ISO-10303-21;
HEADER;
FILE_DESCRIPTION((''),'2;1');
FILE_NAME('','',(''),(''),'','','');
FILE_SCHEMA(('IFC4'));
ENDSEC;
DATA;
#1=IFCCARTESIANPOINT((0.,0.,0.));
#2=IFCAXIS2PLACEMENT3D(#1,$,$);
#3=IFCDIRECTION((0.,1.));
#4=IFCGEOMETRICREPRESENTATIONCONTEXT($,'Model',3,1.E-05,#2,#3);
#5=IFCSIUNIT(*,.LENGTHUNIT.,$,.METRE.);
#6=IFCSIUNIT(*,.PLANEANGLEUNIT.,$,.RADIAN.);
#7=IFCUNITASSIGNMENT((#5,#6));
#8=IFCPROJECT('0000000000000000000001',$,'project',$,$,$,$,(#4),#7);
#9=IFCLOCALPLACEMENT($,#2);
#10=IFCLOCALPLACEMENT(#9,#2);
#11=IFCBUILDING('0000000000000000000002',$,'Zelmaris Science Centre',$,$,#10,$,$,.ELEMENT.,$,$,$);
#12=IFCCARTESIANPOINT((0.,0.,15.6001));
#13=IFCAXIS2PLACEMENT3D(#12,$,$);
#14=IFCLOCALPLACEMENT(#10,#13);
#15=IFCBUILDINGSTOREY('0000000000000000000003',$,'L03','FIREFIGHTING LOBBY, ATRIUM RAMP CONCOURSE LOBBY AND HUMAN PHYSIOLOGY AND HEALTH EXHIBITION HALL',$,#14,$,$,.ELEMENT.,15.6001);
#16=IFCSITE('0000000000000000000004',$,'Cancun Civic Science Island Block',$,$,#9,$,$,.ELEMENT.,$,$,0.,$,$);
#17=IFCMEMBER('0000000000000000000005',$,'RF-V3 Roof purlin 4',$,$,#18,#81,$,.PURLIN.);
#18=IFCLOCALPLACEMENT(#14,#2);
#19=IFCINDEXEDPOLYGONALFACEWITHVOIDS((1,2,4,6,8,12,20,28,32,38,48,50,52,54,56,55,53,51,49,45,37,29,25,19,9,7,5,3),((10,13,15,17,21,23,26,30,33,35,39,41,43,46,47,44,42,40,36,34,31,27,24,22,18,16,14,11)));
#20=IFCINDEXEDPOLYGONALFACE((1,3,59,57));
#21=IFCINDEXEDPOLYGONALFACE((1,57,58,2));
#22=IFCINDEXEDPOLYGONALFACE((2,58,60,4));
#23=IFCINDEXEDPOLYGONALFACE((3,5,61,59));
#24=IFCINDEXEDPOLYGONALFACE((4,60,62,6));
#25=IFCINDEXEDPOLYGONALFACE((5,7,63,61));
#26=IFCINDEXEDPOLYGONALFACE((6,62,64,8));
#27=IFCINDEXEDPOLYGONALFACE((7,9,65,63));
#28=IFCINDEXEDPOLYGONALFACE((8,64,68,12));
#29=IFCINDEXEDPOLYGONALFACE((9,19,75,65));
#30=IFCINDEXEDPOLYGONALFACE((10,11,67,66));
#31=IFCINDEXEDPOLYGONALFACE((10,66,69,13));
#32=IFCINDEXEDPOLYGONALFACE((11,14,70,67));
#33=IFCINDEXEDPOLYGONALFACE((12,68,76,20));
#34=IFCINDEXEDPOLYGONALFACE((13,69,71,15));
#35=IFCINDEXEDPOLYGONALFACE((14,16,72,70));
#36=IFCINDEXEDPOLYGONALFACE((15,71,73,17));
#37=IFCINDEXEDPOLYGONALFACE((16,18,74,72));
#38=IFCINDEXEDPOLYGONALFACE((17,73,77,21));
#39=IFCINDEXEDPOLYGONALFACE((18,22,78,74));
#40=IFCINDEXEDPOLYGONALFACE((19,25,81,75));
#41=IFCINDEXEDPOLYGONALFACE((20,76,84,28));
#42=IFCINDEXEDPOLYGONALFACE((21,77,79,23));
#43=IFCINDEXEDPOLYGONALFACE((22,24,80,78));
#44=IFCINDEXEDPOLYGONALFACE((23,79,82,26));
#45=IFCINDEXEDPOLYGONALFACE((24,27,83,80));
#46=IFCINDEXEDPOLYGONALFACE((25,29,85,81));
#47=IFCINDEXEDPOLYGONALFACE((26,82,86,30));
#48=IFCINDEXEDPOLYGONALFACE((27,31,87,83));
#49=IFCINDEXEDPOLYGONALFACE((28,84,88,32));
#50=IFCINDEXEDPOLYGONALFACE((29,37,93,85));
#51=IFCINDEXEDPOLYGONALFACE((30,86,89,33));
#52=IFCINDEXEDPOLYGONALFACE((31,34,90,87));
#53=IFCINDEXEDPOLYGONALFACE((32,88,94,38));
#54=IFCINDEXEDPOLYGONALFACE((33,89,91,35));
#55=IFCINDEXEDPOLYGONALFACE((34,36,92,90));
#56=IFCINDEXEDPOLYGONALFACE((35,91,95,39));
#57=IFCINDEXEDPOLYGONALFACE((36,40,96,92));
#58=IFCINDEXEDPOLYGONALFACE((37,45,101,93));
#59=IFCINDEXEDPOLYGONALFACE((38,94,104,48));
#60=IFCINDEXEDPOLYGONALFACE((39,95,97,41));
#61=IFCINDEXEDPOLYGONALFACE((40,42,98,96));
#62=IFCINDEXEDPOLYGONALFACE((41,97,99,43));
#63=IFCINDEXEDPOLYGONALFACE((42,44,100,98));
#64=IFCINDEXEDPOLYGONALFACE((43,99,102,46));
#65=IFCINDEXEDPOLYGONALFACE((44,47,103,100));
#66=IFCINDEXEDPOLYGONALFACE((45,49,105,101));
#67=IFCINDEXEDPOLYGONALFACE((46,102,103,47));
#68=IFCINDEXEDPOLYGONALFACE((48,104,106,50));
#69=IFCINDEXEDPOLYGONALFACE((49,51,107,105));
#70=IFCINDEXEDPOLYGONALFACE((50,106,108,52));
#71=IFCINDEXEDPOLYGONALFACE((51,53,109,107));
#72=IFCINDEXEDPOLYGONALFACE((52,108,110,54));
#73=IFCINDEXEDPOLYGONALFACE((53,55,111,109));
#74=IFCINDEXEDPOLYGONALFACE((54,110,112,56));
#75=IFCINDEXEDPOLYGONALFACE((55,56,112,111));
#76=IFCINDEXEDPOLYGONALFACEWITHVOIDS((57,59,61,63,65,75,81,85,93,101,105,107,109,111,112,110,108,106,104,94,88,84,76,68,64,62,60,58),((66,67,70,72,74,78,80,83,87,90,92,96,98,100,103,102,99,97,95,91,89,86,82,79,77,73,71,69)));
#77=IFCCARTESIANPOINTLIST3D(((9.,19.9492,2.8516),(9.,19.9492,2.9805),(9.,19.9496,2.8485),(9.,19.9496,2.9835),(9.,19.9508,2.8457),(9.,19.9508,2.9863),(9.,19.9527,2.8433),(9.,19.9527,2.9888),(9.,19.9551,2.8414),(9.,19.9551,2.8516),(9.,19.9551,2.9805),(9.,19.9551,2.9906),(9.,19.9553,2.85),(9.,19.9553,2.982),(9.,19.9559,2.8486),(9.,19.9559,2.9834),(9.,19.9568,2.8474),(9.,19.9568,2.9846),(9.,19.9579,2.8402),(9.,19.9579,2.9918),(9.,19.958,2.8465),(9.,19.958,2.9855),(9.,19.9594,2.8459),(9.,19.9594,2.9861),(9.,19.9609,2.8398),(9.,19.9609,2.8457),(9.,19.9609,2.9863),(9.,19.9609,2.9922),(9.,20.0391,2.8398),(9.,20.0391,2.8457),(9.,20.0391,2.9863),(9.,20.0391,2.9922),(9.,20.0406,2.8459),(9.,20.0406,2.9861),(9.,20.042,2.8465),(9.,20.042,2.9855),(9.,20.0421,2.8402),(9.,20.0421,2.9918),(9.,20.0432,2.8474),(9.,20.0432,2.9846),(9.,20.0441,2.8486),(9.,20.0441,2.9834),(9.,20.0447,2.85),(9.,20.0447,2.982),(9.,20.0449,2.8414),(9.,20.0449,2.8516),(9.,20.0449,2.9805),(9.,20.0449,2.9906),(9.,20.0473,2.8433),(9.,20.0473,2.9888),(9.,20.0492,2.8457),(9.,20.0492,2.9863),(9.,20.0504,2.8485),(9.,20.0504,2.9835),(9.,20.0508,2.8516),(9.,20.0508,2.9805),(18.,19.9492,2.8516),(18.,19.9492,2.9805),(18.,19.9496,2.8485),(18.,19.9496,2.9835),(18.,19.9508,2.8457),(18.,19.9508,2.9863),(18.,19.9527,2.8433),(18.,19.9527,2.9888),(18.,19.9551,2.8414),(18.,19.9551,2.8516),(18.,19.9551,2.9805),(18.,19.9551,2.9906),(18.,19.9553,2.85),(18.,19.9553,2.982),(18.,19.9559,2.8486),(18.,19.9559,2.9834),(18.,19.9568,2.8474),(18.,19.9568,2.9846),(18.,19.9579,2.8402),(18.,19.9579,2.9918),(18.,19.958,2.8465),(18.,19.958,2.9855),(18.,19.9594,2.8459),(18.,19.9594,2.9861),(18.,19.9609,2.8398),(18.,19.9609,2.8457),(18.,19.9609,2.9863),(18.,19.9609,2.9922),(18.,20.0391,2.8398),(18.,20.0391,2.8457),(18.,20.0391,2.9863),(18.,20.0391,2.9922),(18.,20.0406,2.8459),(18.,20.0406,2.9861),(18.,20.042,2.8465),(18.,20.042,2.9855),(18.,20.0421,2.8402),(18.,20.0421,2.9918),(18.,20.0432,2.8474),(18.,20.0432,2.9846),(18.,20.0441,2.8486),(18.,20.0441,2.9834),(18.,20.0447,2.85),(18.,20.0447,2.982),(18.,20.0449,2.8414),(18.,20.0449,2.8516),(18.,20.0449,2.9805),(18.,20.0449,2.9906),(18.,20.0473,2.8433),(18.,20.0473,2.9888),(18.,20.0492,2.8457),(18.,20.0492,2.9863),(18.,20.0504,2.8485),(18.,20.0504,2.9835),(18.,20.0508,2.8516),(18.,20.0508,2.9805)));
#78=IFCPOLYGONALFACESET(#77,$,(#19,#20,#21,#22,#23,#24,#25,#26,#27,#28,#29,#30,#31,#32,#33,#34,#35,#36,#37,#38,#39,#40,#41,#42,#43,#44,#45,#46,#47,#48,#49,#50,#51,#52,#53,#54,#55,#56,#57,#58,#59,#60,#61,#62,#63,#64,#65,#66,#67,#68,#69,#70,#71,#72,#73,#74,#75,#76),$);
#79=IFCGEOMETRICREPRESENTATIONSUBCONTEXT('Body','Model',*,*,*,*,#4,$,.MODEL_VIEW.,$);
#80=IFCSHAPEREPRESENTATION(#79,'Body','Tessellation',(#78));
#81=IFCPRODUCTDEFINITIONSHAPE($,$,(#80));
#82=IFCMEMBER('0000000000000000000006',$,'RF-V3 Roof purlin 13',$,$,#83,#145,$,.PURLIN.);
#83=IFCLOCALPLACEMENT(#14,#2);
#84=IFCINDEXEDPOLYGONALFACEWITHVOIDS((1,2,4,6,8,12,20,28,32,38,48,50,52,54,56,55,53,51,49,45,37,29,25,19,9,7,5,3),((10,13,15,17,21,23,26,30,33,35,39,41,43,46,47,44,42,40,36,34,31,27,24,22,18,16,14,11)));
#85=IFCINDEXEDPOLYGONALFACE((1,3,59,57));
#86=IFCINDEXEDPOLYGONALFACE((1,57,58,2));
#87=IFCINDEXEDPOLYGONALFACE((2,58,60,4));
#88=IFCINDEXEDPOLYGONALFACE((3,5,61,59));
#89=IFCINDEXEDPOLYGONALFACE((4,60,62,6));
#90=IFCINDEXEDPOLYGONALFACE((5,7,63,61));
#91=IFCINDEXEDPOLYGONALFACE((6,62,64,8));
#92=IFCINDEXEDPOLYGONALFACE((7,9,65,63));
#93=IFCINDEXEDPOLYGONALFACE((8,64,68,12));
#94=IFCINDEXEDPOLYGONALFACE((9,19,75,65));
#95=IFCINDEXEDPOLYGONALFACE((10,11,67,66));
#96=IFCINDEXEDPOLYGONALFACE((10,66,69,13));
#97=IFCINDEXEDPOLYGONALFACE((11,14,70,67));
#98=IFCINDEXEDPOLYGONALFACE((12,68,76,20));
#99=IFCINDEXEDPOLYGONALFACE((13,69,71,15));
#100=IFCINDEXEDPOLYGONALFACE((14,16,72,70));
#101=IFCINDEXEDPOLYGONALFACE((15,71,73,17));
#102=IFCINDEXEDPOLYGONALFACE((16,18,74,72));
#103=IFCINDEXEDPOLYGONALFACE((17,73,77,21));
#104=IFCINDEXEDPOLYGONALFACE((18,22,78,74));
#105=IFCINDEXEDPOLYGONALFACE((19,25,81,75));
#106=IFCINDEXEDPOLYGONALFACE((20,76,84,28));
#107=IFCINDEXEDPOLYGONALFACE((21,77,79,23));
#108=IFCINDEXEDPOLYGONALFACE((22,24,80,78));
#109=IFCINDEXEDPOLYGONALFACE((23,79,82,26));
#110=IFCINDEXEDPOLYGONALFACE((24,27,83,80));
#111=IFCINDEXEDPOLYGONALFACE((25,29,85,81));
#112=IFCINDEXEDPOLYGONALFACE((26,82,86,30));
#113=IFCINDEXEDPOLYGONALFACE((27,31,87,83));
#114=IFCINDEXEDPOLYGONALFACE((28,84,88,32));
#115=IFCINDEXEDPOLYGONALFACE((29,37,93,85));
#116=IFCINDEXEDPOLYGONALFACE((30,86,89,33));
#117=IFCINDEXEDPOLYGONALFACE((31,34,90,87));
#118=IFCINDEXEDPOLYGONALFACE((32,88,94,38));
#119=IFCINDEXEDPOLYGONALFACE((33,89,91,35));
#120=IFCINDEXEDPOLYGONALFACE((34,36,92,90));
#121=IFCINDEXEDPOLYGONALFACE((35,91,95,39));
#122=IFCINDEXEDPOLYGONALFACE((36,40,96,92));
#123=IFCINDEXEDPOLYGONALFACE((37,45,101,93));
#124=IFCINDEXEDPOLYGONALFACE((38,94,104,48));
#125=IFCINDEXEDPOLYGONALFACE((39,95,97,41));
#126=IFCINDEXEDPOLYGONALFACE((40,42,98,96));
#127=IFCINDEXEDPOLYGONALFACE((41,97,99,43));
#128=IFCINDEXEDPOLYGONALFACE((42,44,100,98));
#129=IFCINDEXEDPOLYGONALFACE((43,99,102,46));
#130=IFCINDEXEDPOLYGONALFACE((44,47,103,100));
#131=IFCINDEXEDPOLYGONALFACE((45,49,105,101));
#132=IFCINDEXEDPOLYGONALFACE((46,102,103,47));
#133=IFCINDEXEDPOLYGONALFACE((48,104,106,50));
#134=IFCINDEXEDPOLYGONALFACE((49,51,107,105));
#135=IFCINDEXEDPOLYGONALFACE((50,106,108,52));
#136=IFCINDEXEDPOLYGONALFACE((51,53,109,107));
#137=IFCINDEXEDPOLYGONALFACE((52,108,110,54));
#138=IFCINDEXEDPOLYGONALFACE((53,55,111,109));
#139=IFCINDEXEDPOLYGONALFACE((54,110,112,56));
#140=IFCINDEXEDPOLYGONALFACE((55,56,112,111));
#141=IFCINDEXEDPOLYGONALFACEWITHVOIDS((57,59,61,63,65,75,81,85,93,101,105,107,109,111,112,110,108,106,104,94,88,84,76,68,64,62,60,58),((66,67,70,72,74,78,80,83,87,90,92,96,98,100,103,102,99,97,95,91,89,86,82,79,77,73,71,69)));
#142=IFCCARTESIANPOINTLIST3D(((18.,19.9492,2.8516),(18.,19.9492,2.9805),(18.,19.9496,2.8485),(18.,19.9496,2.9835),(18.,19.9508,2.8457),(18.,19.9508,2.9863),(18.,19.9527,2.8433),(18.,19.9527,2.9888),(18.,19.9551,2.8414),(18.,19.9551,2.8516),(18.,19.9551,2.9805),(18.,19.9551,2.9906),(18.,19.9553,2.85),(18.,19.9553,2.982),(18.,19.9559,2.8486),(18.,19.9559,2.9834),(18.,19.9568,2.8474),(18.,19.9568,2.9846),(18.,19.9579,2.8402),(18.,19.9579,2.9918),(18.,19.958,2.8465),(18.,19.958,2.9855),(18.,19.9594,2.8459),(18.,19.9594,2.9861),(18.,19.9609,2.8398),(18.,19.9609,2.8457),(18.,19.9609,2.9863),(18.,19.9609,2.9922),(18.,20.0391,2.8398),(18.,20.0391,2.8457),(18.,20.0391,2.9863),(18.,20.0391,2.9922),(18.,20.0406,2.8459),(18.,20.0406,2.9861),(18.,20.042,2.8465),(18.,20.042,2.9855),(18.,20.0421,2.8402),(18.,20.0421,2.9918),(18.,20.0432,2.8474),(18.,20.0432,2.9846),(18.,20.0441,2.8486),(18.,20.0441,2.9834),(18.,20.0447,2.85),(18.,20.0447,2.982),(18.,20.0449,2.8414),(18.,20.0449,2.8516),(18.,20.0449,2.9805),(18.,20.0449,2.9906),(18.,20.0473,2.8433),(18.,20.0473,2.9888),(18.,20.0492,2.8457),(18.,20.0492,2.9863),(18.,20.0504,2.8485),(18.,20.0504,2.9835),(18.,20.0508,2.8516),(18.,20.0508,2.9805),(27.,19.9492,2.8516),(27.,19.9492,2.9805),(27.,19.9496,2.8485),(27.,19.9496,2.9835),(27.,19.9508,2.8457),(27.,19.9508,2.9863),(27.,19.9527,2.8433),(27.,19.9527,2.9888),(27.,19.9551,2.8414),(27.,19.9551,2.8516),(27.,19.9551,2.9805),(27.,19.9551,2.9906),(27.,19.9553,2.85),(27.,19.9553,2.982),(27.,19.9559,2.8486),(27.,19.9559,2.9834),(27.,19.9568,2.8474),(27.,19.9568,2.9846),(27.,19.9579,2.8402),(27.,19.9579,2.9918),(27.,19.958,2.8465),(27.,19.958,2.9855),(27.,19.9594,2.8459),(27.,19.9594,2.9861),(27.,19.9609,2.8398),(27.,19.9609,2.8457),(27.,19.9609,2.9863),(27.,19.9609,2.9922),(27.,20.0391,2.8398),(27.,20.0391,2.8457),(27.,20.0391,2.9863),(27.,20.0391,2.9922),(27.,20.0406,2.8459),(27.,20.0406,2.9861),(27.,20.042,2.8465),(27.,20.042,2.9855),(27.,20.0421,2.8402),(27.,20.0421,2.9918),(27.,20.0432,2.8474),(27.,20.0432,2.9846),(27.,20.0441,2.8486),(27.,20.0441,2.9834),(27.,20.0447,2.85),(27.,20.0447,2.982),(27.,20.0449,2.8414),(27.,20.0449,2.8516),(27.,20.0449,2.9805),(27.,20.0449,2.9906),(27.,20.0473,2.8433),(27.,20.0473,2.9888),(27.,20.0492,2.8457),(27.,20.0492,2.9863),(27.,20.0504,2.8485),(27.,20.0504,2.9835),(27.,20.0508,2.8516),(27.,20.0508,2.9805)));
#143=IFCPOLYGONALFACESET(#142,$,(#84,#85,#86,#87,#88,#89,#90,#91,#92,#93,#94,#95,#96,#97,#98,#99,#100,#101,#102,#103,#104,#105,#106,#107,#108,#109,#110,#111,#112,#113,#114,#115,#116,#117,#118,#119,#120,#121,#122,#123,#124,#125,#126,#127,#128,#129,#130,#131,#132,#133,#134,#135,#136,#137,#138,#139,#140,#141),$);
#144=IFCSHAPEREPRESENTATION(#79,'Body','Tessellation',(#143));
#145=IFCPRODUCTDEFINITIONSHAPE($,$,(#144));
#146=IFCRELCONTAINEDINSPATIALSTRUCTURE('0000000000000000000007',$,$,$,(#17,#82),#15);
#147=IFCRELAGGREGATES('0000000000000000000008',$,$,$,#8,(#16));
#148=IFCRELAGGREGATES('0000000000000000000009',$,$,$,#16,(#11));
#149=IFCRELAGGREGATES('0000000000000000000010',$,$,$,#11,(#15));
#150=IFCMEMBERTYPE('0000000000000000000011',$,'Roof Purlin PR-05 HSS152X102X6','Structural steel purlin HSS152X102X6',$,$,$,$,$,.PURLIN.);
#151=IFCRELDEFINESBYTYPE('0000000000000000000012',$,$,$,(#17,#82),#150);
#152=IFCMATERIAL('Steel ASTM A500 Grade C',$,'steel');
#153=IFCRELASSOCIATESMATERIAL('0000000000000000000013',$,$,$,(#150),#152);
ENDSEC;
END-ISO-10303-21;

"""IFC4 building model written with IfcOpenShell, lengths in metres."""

from ifc_helpers import new_model, si_unit, direction, frame, origin, origin_2d, place, context, subcontext, project, spatial, hollow_rectangle, extrude, material, material_profile, profile_set, type_object, element, save


model = new_model("IFC4")

# Units and contexts
model_context = context("Model", 3, precision=1e-05, world=origin(), true_north=direction((0.0, 1.0)))
body_context = subcontext(model_context, "Body", "Model", "MODEL_VIEW")
ifc_project = project(units=[si_unit("LENGTHUNIT", "METRE"), si_unit("PLANEANGLEUNIT", "RADIAN")], contexts=[model_context])

# Site, building, storey
site_placement = place(None, origin())
site = spatial("IfcSite", under=ifc_project, at=site_placement, Name="Cancun Civic Science Island Block", CompositionType="ELEMENT", RefElevation=0.0)
building_placement = place(site_placement, origin())
building = spatial("IfcBuilding", under=site, at=building_placement, Name="Zelmaris Science Centre", CompositionType="ELEMENT")
storey_placement = place(building_placement, frame((0.0, 0.0, 15.6001)))
storey = spatial("IfcBuildingStorey", under=building, at=storey_placement, Name="L03", Description="FIREFIGHTING LOBBY, ATRIUM RAMP CONCOURSE LOBBY AND HUMAN PHYSIOLOGY AND HEALTH EXHIBITION HALL", CompositionType="ELEMENT", Elevation=15.6001)

# Shared definitions
ifc_material = material(Name="Steel ASTM A500 Grade C", Category="steel")

# Members
ifc_material_profile_1 = material_profile(ifc_material, hollow_rectangle(XDim=0.1016, YDim=0.1523, WallThickness=0.0059, InnerFilletRadius=0.0059, OuterFilletRadius=0.0117, at=origin_2d()), Name="HSS152X102X6")
ifc_profile_set_1 = profile_set([ifc_material_profile_1], Name="Steel ASTM A500 Grade C")
member_type_1 = type_object("IfcMemberType", Name="Roof Purlin PR-05 HSS152X102X6", Description="Structural steel purlin HSS152X102X6", PredefinedType="PURLIN", material=ifc_profile_set_1)
for number, where, z_axis, x_axis, name in (
    (1, (9.0, 20.0, 2.916), (1.0, 0.0, 0.0), (0.0, 1.0, 0.0), "RF-V3 Roof purlin 4"),
    (2, (18.0, 20.0, 2.916), (1.0, 0.0, 0.0), (0.0, 1.0, 0.0), "RF-V3 Roof purlin 13"),
):
    element("IfcMember", number, at=place(storey_placement, frame(where, z_axis=z_axis, x_axis=x_axis)), inside=storey, type_object=member_type_1, Name=name, PredefinedType="PURLIN", context=body_context, shape_type="SweptSolid", body=[
        extrude(hollow_rectangle(XDim=0.1016, YDim=0.1523, WallThickness=0.0059, InnerFilletRadius=0.0059, OuterFilletRadius=0.0117, at=origin_2d()), origin(), (0.0, 0.0, 1.0), 9.0),
    ])

save(model, "model.ifc")
